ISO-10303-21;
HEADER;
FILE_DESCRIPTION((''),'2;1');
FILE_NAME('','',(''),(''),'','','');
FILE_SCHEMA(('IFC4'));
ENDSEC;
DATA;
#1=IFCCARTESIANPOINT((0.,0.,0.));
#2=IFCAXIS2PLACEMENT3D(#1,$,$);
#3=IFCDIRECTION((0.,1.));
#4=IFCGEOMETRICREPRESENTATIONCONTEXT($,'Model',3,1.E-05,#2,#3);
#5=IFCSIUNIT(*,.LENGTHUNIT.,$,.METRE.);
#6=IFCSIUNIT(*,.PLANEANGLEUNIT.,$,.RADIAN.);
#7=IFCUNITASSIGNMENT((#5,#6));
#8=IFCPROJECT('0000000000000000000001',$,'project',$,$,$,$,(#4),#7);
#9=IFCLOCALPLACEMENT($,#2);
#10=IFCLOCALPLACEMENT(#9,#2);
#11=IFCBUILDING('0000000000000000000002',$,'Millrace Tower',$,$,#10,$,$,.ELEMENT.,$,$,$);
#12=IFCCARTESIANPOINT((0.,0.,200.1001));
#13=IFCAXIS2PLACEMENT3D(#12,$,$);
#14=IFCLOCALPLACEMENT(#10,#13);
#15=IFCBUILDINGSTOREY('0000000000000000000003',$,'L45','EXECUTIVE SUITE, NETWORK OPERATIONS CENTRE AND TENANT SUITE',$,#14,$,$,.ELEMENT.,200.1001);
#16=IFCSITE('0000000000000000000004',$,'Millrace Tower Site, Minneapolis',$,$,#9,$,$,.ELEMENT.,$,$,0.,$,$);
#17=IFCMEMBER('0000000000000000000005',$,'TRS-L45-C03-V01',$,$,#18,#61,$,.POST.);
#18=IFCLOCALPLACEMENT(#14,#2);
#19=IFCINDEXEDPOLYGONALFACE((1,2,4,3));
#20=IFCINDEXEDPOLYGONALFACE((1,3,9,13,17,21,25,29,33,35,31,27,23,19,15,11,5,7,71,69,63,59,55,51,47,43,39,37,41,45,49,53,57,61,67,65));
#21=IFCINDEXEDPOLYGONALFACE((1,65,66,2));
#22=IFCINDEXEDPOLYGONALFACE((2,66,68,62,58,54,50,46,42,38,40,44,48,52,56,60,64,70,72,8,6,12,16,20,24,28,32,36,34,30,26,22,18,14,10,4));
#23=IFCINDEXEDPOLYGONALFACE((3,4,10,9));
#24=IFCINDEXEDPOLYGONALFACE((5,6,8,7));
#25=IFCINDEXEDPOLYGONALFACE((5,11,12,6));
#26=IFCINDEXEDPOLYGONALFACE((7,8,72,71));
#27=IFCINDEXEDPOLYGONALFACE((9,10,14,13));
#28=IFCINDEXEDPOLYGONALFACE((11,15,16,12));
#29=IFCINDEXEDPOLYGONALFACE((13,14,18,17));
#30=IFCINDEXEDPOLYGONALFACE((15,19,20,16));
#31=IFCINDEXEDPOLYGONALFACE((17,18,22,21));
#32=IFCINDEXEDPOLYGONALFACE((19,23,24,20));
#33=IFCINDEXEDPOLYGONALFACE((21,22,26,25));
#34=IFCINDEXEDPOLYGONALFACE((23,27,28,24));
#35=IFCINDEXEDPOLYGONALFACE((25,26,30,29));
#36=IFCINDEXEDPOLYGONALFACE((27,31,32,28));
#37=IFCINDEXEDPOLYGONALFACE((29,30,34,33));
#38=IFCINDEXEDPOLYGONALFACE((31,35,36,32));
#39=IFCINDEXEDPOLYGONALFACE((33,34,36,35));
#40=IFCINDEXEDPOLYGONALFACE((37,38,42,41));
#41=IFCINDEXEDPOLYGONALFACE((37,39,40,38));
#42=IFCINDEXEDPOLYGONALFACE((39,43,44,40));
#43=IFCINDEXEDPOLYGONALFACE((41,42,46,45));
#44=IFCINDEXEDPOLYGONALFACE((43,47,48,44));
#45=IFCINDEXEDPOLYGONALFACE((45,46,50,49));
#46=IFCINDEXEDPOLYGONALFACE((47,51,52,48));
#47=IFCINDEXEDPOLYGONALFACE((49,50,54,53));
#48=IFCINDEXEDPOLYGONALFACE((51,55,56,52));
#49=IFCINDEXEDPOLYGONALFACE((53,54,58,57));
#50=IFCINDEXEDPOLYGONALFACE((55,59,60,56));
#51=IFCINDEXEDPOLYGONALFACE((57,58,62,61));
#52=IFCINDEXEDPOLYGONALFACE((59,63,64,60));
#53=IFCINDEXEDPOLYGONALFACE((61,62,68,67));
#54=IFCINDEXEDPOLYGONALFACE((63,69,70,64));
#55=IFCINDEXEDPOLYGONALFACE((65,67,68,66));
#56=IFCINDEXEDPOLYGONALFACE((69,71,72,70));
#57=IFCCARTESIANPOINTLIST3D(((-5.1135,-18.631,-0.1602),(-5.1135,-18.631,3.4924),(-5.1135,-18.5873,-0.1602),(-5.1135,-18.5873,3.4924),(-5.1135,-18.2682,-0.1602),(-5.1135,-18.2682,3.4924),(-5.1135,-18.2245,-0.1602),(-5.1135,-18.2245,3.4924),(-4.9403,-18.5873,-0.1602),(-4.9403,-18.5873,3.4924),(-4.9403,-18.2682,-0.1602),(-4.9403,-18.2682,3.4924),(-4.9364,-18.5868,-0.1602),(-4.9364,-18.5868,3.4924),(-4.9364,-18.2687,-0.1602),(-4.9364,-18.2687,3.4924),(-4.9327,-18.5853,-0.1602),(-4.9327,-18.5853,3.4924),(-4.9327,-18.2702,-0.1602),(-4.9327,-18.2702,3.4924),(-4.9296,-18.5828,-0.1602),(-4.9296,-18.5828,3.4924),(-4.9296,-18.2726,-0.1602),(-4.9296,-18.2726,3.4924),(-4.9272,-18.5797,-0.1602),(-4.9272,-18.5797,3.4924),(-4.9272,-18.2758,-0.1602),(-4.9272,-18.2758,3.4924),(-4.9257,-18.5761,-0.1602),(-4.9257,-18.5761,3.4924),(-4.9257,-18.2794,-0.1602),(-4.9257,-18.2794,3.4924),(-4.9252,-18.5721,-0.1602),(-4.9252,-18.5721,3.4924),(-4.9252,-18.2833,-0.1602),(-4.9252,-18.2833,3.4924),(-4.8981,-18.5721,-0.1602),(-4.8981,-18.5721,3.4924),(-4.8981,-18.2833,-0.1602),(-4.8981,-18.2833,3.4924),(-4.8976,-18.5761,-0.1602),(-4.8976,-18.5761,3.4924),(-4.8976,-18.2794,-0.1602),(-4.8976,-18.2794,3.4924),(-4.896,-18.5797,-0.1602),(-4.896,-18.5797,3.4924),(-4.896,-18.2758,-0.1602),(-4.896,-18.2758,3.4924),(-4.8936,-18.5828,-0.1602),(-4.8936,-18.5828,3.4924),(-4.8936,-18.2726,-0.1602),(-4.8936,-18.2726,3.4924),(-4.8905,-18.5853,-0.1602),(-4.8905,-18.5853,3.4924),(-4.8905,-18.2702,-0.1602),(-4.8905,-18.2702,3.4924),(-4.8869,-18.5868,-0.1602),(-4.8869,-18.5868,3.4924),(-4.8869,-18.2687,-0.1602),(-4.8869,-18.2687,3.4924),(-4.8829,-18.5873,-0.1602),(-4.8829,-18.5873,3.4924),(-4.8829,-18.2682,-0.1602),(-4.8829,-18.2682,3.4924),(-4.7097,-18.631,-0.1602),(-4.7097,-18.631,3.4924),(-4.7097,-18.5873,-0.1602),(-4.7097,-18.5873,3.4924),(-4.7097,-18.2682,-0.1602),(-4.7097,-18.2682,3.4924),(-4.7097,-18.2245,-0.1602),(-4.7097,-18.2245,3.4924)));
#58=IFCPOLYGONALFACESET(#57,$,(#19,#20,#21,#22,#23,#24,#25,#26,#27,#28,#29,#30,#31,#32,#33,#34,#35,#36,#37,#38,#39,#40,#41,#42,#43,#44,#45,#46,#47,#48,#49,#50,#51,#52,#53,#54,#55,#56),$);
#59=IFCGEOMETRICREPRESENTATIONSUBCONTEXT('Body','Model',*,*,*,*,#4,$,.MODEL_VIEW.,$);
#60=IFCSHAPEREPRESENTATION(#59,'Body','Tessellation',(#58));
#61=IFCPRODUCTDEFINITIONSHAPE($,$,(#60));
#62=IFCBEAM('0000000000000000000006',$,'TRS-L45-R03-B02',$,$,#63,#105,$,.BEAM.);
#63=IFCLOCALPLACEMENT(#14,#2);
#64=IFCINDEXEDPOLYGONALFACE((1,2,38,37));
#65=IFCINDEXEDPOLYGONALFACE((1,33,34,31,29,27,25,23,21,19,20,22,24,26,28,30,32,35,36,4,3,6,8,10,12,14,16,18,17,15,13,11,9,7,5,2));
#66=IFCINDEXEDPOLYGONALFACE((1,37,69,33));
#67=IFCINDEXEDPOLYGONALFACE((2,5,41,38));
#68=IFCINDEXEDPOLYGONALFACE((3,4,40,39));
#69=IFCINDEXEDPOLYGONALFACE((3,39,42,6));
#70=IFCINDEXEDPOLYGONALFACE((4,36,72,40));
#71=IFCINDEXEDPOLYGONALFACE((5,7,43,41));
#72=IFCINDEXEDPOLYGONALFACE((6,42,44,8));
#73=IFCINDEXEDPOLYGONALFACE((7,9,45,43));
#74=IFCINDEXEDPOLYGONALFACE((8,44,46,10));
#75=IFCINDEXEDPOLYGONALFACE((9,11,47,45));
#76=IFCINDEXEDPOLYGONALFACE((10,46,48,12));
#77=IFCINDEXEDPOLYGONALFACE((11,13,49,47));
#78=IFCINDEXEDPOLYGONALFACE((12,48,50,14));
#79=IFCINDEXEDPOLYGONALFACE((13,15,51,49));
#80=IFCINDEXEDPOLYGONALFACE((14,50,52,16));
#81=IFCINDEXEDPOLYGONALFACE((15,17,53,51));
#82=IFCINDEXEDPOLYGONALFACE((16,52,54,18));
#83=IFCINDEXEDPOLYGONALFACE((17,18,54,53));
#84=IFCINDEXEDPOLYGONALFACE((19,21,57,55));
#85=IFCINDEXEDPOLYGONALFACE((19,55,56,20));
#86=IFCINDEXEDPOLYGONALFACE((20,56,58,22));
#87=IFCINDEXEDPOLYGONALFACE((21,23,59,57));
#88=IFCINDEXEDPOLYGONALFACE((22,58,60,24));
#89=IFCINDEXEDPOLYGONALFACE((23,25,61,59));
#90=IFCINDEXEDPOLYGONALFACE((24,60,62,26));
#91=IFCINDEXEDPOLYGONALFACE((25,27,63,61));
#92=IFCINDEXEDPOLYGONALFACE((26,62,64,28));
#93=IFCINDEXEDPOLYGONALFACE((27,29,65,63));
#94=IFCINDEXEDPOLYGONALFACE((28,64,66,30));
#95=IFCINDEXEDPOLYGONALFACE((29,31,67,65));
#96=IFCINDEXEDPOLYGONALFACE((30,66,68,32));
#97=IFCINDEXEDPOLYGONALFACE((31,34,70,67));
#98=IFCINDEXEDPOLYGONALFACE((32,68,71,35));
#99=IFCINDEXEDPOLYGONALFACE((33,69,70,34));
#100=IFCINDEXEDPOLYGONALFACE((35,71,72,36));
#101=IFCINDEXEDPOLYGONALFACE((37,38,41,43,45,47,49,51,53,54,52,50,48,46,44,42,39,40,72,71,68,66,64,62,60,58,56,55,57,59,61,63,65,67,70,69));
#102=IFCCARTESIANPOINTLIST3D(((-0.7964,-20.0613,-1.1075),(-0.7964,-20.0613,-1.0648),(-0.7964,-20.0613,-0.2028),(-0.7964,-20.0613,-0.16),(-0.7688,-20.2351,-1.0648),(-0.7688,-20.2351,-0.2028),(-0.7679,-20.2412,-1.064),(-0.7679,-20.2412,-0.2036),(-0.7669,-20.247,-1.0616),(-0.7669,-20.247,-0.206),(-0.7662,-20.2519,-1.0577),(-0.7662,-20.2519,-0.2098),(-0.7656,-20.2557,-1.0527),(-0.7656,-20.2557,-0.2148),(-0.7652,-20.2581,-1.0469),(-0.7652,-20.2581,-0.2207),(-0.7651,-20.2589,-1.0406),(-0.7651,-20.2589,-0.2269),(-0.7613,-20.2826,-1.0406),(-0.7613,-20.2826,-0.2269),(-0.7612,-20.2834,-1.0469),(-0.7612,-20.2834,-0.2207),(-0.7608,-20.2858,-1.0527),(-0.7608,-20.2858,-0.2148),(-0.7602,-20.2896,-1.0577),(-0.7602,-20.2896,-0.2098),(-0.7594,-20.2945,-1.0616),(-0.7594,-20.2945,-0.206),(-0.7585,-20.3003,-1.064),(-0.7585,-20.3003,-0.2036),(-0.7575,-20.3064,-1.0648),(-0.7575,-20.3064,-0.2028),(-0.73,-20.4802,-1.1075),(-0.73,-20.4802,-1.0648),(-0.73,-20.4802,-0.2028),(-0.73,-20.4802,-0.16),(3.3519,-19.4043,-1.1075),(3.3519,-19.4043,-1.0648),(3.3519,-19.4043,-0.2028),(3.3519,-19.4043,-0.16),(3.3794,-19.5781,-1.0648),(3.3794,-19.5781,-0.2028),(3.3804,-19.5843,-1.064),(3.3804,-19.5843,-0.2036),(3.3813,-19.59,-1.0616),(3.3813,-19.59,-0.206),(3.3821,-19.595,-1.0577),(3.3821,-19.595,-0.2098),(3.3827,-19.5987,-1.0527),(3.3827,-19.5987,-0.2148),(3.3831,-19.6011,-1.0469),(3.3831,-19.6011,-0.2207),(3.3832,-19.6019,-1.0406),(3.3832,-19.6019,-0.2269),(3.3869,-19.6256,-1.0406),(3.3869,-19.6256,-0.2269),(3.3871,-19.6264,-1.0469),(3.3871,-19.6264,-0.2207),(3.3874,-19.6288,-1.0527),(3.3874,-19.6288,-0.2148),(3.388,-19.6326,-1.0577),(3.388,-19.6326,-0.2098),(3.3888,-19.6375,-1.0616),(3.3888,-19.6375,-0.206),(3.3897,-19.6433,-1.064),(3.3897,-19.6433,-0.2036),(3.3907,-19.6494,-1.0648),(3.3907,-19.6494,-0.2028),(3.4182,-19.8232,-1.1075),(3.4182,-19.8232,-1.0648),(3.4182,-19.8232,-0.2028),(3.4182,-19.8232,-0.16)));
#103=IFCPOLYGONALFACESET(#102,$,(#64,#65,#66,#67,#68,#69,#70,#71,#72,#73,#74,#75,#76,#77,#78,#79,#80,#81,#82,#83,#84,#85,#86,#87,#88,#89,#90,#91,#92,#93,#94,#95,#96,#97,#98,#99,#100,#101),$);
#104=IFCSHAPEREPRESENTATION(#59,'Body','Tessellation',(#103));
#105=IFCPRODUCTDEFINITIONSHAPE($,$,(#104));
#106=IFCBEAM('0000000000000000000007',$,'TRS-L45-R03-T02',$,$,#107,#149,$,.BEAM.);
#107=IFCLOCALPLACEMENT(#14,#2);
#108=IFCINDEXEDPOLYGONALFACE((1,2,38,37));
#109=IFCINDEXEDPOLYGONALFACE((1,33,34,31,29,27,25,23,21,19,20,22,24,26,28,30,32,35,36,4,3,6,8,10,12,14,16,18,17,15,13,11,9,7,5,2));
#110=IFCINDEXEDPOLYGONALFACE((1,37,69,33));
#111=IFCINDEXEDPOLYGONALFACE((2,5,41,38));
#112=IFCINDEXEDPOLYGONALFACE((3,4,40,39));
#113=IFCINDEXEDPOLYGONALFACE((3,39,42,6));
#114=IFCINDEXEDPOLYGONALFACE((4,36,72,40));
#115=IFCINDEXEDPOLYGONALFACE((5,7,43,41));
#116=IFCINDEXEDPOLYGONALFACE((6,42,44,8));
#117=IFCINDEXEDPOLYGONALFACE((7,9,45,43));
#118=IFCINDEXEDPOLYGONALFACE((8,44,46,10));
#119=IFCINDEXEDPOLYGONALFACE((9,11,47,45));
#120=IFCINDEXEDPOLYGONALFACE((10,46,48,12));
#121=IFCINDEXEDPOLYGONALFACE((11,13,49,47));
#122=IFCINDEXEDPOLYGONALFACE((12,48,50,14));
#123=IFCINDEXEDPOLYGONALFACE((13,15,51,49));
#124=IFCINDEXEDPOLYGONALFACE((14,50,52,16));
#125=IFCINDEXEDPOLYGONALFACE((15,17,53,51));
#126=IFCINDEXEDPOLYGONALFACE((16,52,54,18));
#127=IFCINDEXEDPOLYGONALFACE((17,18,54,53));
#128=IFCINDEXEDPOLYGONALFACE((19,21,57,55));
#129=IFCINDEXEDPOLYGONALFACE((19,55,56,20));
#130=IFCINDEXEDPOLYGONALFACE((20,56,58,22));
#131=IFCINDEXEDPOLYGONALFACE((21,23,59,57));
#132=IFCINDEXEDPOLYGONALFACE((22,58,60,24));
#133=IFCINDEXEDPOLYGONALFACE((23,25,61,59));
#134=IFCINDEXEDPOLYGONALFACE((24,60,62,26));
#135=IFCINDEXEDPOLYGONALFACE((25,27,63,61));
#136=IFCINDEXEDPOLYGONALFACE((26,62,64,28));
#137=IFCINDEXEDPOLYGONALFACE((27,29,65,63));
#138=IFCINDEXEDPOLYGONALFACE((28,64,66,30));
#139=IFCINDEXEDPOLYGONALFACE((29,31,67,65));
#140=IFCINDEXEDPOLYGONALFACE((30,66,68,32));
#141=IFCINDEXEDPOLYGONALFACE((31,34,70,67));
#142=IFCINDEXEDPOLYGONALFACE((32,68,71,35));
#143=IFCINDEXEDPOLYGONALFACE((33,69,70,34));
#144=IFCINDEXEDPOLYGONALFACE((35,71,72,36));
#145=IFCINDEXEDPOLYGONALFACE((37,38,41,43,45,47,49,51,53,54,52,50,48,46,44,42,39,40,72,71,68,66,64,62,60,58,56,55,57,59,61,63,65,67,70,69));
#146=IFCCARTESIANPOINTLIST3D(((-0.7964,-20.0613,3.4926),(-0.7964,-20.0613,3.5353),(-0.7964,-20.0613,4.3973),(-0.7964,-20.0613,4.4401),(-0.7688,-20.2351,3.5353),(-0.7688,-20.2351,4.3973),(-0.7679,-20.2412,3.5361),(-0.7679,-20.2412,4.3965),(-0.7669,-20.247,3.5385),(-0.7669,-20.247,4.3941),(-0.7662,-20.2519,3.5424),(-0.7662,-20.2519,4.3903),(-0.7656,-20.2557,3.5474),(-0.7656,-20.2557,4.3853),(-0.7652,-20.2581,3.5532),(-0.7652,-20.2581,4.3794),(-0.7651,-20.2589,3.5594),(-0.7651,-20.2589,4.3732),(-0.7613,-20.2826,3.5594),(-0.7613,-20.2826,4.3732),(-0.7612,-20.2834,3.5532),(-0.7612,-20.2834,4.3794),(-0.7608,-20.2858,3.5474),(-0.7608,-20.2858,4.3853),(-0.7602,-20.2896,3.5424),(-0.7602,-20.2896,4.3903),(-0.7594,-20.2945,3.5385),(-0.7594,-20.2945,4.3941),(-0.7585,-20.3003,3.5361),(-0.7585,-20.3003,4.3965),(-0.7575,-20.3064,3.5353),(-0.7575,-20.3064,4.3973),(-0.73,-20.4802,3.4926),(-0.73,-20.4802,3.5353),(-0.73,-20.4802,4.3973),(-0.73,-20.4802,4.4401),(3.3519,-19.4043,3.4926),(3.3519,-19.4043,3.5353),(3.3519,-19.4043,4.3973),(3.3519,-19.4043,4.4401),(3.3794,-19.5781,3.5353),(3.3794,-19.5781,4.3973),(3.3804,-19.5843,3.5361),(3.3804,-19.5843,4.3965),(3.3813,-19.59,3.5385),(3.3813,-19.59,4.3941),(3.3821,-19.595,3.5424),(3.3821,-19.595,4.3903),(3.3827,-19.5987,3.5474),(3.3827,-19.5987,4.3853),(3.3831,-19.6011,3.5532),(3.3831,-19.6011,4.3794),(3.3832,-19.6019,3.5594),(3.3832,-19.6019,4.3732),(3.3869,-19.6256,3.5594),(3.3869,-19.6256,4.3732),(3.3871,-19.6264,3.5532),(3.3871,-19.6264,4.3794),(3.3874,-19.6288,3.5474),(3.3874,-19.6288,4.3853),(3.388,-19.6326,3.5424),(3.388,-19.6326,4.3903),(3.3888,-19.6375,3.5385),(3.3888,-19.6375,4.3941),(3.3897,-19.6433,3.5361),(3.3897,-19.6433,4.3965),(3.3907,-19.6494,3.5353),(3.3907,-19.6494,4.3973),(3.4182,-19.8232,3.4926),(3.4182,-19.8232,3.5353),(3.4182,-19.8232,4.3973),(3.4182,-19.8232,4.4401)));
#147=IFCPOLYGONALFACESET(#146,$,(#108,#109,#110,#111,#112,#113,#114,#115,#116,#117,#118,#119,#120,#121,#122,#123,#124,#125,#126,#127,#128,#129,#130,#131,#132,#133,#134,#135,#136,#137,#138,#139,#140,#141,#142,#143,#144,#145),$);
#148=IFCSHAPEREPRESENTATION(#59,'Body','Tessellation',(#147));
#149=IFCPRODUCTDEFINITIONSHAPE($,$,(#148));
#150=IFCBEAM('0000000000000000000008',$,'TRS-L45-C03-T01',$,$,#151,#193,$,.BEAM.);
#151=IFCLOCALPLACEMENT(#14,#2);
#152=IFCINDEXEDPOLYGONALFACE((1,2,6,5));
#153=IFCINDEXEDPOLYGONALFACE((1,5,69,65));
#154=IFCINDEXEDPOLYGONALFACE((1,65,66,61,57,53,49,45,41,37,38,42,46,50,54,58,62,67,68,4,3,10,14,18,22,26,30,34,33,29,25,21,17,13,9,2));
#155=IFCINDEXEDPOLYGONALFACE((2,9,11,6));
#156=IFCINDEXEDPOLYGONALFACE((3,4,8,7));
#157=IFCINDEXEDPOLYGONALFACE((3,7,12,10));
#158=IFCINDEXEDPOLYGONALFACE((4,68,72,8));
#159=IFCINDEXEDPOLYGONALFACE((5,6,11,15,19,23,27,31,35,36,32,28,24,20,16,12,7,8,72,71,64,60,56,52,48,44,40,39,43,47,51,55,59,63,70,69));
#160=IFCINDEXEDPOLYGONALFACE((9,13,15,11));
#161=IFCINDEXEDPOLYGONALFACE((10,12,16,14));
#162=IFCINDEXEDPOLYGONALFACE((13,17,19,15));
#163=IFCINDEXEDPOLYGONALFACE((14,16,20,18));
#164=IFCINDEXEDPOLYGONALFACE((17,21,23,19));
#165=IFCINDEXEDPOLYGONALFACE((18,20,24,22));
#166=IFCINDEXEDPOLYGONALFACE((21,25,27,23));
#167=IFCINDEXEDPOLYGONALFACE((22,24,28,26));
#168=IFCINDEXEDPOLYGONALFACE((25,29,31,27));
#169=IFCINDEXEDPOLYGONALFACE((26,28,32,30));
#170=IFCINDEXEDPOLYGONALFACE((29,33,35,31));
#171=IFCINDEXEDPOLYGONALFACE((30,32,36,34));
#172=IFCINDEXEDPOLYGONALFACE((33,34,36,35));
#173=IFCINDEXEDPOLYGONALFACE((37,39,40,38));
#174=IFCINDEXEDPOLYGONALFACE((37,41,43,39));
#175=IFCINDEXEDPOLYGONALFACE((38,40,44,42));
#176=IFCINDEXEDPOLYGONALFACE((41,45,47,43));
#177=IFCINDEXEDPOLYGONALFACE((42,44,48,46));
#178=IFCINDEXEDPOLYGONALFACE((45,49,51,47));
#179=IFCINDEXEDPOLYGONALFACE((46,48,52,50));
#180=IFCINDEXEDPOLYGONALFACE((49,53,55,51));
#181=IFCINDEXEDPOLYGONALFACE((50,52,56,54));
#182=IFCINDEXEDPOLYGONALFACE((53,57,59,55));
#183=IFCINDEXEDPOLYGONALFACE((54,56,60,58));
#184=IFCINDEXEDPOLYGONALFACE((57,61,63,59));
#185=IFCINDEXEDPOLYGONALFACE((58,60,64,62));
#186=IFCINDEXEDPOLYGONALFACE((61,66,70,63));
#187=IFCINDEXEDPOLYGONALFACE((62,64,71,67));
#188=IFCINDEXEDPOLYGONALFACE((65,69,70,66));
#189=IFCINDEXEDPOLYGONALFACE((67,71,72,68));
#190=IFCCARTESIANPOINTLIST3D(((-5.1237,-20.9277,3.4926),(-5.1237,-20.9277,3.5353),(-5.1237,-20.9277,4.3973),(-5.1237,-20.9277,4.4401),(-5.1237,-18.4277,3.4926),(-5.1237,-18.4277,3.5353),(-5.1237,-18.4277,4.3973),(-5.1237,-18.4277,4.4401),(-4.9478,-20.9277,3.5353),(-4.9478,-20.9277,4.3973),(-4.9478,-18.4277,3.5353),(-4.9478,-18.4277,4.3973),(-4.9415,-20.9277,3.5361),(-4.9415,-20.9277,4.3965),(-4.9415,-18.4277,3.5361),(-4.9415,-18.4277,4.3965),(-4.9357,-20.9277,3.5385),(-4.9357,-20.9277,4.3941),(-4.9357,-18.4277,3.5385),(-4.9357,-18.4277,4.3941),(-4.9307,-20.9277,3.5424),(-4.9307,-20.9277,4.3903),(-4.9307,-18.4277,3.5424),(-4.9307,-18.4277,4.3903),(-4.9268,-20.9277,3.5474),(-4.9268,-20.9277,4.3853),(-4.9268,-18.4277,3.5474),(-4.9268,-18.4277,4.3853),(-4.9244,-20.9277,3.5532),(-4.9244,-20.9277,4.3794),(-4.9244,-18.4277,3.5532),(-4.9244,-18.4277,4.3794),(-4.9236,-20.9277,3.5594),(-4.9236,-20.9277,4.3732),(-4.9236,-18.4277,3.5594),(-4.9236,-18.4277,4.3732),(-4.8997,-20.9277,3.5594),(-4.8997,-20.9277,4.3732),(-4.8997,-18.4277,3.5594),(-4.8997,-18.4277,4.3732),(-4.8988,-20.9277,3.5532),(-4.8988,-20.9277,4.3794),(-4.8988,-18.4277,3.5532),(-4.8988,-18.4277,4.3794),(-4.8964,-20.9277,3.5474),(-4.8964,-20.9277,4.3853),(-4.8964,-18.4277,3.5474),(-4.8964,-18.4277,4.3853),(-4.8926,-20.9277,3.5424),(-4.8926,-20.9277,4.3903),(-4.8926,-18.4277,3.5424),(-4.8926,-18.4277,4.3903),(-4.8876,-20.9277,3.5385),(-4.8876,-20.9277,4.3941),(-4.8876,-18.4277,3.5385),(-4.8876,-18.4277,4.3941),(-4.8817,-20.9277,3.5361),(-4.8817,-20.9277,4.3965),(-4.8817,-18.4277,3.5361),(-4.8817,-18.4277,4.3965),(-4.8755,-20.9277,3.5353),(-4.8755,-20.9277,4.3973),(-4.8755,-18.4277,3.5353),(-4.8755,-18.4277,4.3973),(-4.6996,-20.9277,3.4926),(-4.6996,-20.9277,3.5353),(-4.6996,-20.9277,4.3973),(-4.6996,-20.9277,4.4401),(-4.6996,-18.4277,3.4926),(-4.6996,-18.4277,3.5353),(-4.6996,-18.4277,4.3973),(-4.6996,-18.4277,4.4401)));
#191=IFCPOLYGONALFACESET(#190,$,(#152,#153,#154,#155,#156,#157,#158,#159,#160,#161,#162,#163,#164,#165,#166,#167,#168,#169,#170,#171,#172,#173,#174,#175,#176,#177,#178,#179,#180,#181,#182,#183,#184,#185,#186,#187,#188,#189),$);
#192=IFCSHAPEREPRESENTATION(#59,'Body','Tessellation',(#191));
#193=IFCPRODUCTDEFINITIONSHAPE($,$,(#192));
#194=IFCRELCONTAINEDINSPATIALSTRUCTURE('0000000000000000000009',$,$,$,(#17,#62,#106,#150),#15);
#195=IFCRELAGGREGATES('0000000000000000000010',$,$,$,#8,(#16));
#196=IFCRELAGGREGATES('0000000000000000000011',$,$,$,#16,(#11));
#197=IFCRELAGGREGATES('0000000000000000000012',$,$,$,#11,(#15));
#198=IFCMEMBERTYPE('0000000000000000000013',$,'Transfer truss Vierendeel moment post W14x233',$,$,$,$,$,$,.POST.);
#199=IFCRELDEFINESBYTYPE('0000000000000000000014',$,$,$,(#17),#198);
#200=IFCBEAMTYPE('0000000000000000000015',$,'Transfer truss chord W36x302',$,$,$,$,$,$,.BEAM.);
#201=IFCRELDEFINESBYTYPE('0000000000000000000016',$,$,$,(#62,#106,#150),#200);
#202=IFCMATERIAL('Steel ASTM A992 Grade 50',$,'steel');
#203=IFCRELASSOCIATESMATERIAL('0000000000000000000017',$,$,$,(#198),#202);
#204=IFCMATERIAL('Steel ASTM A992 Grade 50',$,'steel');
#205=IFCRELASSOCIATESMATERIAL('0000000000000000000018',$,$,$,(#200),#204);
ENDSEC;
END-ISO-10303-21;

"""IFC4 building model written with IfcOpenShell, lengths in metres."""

from ifc_helpers import new_model, si_unit, direction, frame, origin, origin_2d, place, context, subcontext, project, spatial, i_section, extrude, material, material_profile, profile_set, type_object, element, save


model = new_model("IFC4")

# Units and contexts
model_context = context("Model", 3, precision=1e-05, world=origin(), true_north=direction((0.0, 1.0)))
body_context = subcontext(model_context, "Body", "Model", "MODEL_VIEW")
ifc_project = project(units=[si_unit("LENGTHUNIT", "METRE"), si_unit("PLANEANGLEUNIT", "RADIAN")], contexts=[model_context])

# Site, building, storey
site_placement = place(None, origin())
site = spatial("IfcSite", under=ifc_project, at=site_placement, Name="Millrace Tower Site, Minneapolis", CompositionType="ELEMENT", RefElevation=0.0)
building_placement = place(site_placement, origin())
building = spatial("IfcBuilding", under=site, at=building_placement, Name="Millrace Tower", CompositionType="ELEMENT")
storey_placement = place(building_placement, frame((0.0, 0.0, 200.1001)))
storey = spatial("IfcBuildingStorey", under=building, at=storey_placement, Name="L45", Description="EXECUTIVE SUITE, NETWORK OPERATIONS CENTRE AND TENANT SUITE", CompositionType="ELEMENT", Elevation=200.1001)

# Member
ifc_material_1 = material(Name="Steel ASTM A992 Grade 50", Category="steel")
ifc_material_profile_1 = material_profile(ifc_material_1, i_section(OverallWidth=0.4038, OverallDepth=0.4065, WebThickness=0.0271, FlangeThickness=0.0437, FilletRadius=0.0151, at=origin_2d()))
ifc_profile_set_1 = profile_set([ifc_material_profile_1], Name="Steel ASTM A992 Grade 50")
member_type_1 = type_object("IfcMemberType", Name="Transfer truss Vierendeel moment post W14x233", PredefinedType="POST", material=ifc_profile_set_1)
member_1_placement = place(storey_placement, frame((-4.9116, -18.4277, -0.1602), z_axis=(0.0, 0.0, 1.0), x_axis=(1.0, 0.0, 0.0)))
element("IfcMember", 1, at=member_1_placement, inside=storey, type_object=member_type_1, Name="TRS-L45-C03-V01", PredefinedType="POST", context=body_context, shape_type="SweptSolid", body=[
    extrude(i_section(OverallWidth=0.4038, OverallDepth=0.4065, WebThickness=0.0271, FlangeThickness=0.0437, FilletRadius=0.0151, at=origin_2d()), origin(), (0.0, 0.0, 1.0), 3.6526),
])

# Beams
ifc_material_2 = material(Name="Steel ASTM A992 Grade 50", Category="steel")
ifc_material_profile_2 = material_profile(ifc_material_2, i_section(OverallWidth=0.4241, OverallDepth=0.9475, WebThickness=0.0239, FlangeThickness=0.0427, FilletRadius=0.0242, at=origin_2d()))
ifc_profile_set_2 = profile_set([ifc_material_profile_2], Name="Steel ASTM A992 Grade 50")
beam_type_1 = type_object("IfcBeamType", Name="Transfer truss chord W36x302", PredefinedType="BEAM", material=ifc_profile_set_2)
for number, where, z_axis, x_axis, name in (
    (2, (-0.7632, -20.2708, -0.6338), (0.987689, 0.156428, 0.0), (-0.156428, 0.987689, 0.0), "TRS-L45-R03-B02"),
    (3, (-0.7632, -20.2708, 3.9663), (0.987689, 0.156428, 0.0), (-0.156428, 0.987689, 0.0), "TRS-L45-R03-T02"),
):
    element("IfcBeam", number, at=place(storey_placement, frame(where, z_axis=z_axis, x_axis=x_axis)), inside=storey, type_object=beam_type_1, Name=name, PredefinedType="BEAM", context=body_context, shape_type="SweptSolid", body=[
        extrude(i_section(OverallWidth=0.4241, OverallDepth=0.9475, WebThickness=0.0239, FlangeThickness=0.0427, FilletRadius=0.0242, at=origin_2d()), origin(), (0.0, 0.0, 1.0), 4.2),
    ])
beam_1_placement = place(storey_placement, frame((-4.9116, -20.9277, 3.9663), z_axis=(0.0, 1.0, 0.0), x_axis=(-1.0, 0.0, 0.0)))
element("IfcBeam", 4, at=beam_1_placement, inside=storey, type_object=beam_type_1, Name="TRS-L45-C03-T01", PredefinedType="BEAM", context=body_context, shape_type="SweptSolid", body=[
    extrude(i_section(OverallWidth=0.4241, OverallDepth=0.9475, WebThickness=0.0239, FlangeThickness=0.0427, FilletRadius=0.0242, at=origin_2d()), origin(), (0.0, 0.0, 1.0), 2.5),
])

save(model, "model.ifc")
